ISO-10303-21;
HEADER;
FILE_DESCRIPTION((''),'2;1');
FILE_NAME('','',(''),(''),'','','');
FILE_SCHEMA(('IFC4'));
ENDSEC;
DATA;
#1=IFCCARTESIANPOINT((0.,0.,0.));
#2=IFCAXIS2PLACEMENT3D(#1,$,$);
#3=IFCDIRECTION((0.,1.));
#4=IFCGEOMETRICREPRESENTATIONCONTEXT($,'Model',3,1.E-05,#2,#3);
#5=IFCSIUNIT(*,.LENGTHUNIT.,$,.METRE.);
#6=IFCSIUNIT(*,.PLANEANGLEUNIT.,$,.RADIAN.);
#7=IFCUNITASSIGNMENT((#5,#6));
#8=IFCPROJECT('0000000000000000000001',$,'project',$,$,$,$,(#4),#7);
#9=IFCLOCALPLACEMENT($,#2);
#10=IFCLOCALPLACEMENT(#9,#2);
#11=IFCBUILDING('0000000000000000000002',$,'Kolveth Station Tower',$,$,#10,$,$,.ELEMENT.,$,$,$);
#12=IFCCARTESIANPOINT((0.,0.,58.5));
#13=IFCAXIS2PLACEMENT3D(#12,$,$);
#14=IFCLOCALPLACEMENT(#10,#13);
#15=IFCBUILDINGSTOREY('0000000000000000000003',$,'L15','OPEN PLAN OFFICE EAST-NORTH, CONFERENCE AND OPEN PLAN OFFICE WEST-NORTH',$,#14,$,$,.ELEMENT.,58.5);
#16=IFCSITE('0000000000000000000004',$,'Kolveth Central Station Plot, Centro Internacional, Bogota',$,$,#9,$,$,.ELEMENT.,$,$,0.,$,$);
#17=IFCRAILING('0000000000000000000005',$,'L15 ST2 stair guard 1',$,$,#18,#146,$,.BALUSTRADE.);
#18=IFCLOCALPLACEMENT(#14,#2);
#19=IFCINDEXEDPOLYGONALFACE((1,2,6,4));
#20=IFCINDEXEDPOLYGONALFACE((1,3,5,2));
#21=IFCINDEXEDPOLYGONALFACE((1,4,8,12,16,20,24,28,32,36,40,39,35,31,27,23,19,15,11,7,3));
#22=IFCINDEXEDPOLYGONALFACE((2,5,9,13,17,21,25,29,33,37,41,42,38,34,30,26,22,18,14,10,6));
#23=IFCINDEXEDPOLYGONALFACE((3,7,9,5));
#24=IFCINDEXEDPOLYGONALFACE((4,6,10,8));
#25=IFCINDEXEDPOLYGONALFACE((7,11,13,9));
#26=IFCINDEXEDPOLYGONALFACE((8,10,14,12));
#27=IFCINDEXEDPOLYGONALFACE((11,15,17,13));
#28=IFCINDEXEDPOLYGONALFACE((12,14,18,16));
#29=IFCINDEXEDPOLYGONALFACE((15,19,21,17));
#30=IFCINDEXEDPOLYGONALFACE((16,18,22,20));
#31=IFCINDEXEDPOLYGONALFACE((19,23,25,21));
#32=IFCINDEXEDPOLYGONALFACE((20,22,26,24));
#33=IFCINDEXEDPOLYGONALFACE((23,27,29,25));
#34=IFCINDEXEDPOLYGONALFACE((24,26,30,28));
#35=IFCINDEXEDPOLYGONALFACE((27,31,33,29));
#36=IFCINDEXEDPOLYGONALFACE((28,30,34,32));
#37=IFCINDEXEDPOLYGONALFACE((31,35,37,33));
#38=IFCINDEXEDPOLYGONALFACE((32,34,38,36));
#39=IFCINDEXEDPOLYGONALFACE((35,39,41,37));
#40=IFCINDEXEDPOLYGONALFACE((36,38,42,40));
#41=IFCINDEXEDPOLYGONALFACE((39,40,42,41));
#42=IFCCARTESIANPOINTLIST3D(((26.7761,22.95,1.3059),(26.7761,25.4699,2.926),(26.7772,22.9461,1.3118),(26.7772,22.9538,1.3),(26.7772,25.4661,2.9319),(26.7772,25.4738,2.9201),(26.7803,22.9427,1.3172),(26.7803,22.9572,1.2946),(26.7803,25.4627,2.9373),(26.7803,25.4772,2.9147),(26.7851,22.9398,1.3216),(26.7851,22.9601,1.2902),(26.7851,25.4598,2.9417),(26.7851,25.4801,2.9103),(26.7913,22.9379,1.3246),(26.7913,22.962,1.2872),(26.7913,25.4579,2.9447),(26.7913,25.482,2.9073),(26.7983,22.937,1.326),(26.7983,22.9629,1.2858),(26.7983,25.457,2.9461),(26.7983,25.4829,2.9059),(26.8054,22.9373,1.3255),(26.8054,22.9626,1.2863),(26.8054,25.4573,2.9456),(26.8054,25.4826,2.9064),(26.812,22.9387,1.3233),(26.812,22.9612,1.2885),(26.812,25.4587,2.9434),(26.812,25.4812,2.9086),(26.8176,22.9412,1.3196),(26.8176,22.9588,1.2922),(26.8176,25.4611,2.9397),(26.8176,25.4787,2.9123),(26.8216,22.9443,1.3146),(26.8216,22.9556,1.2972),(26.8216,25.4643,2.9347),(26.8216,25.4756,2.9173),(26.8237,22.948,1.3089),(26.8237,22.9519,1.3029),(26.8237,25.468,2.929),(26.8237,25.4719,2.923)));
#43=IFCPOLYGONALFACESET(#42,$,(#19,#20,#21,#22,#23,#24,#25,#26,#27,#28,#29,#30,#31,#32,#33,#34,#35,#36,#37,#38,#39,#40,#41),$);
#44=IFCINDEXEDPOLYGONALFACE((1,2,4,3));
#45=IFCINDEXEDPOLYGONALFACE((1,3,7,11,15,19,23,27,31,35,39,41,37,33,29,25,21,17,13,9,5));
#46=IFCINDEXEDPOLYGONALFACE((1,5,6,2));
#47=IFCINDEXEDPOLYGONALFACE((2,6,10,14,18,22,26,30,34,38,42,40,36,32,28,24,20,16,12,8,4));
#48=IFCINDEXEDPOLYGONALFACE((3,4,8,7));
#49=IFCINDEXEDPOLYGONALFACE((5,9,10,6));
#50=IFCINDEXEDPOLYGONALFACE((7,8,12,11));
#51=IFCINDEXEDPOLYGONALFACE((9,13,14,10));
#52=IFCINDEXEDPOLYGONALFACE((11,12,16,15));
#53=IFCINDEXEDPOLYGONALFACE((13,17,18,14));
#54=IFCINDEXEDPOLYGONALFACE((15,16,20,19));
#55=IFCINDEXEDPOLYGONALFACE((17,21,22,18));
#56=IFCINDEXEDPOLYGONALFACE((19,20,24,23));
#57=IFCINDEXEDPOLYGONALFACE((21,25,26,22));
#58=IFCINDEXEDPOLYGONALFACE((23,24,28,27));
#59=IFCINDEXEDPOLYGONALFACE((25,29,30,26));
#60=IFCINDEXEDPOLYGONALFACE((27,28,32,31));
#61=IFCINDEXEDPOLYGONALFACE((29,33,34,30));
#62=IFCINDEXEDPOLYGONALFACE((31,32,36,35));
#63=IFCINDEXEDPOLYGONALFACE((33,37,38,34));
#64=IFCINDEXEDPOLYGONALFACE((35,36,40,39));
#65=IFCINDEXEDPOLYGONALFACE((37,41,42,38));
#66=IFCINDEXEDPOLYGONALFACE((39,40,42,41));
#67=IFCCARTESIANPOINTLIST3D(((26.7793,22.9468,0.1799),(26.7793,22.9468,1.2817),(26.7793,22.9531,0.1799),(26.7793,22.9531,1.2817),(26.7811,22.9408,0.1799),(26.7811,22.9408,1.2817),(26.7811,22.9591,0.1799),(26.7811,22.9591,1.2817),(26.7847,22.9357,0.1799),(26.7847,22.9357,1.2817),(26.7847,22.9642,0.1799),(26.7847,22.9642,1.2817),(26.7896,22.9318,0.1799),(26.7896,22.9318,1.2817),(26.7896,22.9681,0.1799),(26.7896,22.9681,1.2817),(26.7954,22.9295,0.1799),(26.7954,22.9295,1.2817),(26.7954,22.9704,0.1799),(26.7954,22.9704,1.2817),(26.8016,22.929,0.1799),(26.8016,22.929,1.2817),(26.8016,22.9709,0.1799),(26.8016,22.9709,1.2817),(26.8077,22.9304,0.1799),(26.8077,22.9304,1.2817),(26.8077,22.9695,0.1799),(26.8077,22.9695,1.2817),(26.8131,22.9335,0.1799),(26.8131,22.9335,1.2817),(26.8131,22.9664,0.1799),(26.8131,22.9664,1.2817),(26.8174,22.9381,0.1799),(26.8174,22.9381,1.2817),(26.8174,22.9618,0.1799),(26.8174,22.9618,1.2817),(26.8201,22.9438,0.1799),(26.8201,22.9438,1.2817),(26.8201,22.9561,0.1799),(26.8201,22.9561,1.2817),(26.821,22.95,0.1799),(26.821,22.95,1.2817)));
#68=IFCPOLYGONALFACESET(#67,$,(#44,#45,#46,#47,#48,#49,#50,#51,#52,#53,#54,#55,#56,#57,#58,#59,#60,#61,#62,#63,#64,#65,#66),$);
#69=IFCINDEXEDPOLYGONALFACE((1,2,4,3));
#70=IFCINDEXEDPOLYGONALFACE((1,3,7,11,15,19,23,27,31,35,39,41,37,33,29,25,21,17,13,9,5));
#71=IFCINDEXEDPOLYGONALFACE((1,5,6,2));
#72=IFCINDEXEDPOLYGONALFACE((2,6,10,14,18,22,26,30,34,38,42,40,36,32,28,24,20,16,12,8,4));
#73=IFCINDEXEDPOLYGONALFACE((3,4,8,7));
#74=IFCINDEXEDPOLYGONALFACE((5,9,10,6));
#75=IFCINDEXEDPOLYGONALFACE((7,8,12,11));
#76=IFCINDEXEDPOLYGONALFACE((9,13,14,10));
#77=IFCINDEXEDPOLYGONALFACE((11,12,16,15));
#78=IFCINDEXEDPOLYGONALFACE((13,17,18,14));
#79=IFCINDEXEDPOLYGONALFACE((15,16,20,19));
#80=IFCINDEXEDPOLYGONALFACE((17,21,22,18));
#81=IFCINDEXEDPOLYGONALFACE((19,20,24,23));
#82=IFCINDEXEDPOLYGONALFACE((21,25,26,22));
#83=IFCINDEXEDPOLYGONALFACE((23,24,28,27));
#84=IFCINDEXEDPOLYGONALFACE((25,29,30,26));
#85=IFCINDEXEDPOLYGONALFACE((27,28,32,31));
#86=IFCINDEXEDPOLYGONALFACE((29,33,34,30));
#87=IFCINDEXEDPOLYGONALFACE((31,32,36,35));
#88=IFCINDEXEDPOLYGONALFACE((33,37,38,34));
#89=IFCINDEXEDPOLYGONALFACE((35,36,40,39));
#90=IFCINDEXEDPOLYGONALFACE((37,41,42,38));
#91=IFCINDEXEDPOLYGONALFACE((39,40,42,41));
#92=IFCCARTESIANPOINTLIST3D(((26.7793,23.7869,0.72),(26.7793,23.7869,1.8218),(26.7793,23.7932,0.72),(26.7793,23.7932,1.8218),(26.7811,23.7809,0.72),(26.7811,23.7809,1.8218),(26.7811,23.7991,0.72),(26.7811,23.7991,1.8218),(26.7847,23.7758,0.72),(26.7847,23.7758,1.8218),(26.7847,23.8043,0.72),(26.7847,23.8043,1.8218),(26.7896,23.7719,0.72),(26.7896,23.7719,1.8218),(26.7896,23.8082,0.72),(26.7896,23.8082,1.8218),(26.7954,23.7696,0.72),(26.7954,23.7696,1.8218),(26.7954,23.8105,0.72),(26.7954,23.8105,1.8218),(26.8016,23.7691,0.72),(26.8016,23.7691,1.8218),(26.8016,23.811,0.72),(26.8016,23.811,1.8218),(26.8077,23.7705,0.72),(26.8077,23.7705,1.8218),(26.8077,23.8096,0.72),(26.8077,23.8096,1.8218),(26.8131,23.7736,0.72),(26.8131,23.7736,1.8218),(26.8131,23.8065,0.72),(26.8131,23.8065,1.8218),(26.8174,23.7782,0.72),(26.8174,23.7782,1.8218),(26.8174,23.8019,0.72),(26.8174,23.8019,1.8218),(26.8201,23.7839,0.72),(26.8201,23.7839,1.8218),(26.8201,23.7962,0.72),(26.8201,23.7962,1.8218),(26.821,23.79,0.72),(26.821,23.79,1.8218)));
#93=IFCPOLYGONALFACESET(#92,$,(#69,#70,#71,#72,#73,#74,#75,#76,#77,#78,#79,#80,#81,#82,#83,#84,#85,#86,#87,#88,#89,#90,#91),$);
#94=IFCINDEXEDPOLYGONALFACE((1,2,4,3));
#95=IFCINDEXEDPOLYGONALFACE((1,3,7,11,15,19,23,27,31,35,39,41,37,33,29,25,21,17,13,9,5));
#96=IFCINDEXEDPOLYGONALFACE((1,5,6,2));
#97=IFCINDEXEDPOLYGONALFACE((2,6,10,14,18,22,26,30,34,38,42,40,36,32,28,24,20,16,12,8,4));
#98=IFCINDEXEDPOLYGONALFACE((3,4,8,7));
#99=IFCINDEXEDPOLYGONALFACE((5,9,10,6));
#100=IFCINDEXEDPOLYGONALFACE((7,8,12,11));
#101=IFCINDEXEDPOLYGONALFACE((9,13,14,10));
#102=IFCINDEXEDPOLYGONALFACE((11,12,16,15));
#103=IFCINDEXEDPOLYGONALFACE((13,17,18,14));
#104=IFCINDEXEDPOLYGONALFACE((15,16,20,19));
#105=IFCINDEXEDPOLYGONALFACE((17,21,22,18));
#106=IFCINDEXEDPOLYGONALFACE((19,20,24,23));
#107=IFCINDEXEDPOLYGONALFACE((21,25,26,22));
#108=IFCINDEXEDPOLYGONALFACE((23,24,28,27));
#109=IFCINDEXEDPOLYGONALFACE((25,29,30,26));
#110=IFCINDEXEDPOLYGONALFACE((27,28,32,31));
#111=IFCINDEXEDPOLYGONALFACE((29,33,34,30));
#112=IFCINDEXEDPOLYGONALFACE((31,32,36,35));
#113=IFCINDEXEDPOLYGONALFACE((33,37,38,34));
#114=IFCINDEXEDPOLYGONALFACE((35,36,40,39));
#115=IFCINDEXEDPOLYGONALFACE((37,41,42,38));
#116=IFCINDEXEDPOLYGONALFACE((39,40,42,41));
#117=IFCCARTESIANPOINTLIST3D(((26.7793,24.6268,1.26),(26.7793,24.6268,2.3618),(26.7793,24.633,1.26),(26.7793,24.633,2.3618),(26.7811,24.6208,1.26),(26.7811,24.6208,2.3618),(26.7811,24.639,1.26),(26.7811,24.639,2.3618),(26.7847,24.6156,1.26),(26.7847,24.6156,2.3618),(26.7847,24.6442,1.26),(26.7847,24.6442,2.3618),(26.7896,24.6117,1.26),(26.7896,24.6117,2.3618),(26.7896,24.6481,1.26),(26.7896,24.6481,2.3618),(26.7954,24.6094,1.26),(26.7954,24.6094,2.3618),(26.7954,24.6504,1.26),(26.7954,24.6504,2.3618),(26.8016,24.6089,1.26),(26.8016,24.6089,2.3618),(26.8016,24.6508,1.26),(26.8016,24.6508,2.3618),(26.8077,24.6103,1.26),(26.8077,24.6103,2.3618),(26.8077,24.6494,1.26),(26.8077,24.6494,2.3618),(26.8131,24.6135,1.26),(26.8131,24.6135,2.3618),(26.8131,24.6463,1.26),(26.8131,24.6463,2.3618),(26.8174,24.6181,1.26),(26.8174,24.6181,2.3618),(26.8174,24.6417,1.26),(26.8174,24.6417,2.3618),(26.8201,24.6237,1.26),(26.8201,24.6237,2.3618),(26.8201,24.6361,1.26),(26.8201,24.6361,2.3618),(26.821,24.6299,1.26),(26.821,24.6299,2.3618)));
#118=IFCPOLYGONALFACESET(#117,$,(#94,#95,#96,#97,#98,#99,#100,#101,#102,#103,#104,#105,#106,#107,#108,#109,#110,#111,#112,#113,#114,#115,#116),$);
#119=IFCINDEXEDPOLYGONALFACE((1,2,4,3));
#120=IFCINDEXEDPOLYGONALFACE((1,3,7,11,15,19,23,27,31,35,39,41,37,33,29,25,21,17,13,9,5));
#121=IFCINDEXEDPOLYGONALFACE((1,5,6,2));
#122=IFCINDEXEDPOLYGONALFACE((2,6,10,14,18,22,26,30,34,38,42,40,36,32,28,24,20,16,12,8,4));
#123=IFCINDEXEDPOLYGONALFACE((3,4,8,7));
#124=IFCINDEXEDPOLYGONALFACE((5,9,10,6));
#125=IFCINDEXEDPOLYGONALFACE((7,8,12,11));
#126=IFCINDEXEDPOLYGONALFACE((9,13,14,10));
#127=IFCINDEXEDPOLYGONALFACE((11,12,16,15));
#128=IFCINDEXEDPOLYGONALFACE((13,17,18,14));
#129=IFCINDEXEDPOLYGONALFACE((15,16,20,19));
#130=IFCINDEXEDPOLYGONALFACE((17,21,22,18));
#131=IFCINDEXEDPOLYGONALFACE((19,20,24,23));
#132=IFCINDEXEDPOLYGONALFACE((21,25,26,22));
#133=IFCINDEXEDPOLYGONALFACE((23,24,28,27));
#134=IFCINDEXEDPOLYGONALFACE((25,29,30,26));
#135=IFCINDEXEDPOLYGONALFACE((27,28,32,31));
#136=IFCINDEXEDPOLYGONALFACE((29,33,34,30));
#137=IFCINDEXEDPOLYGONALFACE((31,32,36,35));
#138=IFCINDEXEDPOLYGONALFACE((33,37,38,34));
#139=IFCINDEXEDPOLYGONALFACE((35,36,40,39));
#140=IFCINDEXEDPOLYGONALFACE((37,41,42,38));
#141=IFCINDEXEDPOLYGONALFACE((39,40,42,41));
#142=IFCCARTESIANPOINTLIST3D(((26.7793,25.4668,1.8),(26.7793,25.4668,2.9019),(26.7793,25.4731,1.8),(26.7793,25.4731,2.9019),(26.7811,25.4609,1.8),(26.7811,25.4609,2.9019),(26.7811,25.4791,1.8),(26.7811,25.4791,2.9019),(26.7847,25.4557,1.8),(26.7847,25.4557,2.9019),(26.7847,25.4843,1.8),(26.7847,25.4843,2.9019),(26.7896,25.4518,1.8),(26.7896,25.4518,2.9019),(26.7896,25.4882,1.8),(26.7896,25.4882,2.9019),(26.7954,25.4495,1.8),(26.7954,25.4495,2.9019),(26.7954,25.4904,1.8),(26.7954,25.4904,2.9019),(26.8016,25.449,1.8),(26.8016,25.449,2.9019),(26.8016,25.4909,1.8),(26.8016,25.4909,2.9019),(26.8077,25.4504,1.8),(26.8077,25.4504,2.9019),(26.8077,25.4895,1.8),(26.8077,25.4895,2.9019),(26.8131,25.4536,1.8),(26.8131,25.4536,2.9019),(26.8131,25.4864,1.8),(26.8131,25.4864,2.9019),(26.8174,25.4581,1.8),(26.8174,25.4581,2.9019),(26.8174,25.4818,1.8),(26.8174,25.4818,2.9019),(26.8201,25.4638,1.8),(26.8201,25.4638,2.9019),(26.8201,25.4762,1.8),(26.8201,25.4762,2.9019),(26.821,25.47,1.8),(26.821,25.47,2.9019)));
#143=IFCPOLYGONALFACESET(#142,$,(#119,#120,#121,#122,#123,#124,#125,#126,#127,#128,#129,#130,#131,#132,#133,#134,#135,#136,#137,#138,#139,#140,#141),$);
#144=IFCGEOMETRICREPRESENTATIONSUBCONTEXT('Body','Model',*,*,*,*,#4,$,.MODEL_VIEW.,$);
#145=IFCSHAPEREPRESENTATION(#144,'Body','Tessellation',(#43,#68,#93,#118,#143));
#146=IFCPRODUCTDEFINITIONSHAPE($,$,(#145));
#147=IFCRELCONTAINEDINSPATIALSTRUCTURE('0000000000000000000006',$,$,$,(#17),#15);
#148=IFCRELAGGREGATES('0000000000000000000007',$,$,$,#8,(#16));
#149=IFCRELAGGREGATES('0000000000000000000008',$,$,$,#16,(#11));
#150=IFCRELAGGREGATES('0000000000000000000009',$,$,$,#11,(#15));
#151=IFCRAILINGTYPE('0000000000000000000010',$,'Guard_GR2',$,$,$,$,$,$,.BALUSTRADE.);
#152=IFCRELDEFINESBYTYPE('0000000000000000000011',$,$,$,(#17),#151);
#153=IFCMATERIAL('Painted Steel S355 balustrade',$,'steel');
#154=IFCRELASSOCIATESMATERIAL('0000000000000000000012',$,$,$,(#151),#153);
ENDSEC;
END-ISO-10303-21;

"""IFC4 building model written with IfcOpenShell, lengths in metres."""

from ifc_helpers import new_model, si_unit, direction, frame, origin, origin_2d, place, context, subcontext, project, spatial, circle, extrude, material, type_object, element, save


model = new_model("IFC4")

# Units and contexts
model_context = context("Model", 3, precision=1e-05, world=origin(), true_north=direction((0.0, 1.0)))
body_context = subcontext(model_context, "Body", "Model", "MODEL_VIEW")
ifc_project = project(units=[si_unit("LENGTHUNIT", "METRE"), si_unit("PLANEANGLEUNIT", "RADIAN")], contexts=[model_context])

# Site, building, storey
site_placement = place(None, origin())
site = spatial("IfcSite", under=ifc_project, at=site_placement, Name="Kolveth Central Station Plot, Centro Internacional, Bogota", CompositionType="ELEMENT", RefElevation=0.0)
building_placement = place(site_placement, origin())
building = spatial("IfcBuilding", under=site, at=building_placement, Name="Kolveth Station Tower", CompositionType="ELEMENT")
storey_placement = place(building_placement, frame((0.0, 0.0, 58.5)))
storey = spatial("IfcBuildingStorey", under=building, at=storey_placement, Name="L15", Description="OPEN PLAN OFFICE EAST-NORTH, CONFERENCE AND OPEN PLAN OFFICE WEST-NORTH", CompositionType="ELEMENT", Elevation=58.5)

# Railing
ifc_material_1 = material(Name="Painted Steel S355 balustrade", Category="steel")
railing_type_1 = type_object("IfcRailingType", Name="Guard_GR2", PredefinedType="BALUSTRADE", material=ifc_material_1)
railing_1_placement = place(storey_placement, frame((26.8, 22.95, 0.1799)))
element("IfcRailing", 1, at=railing_1_placement, inside=storey, type_object=railing_type_1, Name="L15 ST2 stair guard 1", PredefinedType="BALUSTRADE", context=body_context, shape_type="SweptSolid", body=[
    extrude(circle(Radius=0.0239, at=origin_2d()), frame((0.0, 0.0, 1.126), z_axis=(0.0, 0.841163, 0.540782), x_axis=(-1.0, 0.0, 0.0)), (0.0, 0.0, 1.0), 2.9958),
    extrude(circle(Radius=0.021, at=origin_2d()), origin(), (0.0, 0.0, 1.0), 1.1018),
    extrude(circle(Radius=0.021, at=origin_2d()), frame((0.0, 0.8401, 0.54)), (0.0, 0.0, 1.0), 1.1018),
    extrude(circle(Radius=0.021, at=origin_2d()), frame((0.0, 1.6799, 1.0801)), (0.0, 0.0, 1.0), 1.1018),
    extrude(circle(Radius=0.021, at=origin_2d()), frame((0.0, 2.52, 1.6201)), (0.0, 0.0, 1.0), 1.1018),
])

save(model, "model.ifc")
